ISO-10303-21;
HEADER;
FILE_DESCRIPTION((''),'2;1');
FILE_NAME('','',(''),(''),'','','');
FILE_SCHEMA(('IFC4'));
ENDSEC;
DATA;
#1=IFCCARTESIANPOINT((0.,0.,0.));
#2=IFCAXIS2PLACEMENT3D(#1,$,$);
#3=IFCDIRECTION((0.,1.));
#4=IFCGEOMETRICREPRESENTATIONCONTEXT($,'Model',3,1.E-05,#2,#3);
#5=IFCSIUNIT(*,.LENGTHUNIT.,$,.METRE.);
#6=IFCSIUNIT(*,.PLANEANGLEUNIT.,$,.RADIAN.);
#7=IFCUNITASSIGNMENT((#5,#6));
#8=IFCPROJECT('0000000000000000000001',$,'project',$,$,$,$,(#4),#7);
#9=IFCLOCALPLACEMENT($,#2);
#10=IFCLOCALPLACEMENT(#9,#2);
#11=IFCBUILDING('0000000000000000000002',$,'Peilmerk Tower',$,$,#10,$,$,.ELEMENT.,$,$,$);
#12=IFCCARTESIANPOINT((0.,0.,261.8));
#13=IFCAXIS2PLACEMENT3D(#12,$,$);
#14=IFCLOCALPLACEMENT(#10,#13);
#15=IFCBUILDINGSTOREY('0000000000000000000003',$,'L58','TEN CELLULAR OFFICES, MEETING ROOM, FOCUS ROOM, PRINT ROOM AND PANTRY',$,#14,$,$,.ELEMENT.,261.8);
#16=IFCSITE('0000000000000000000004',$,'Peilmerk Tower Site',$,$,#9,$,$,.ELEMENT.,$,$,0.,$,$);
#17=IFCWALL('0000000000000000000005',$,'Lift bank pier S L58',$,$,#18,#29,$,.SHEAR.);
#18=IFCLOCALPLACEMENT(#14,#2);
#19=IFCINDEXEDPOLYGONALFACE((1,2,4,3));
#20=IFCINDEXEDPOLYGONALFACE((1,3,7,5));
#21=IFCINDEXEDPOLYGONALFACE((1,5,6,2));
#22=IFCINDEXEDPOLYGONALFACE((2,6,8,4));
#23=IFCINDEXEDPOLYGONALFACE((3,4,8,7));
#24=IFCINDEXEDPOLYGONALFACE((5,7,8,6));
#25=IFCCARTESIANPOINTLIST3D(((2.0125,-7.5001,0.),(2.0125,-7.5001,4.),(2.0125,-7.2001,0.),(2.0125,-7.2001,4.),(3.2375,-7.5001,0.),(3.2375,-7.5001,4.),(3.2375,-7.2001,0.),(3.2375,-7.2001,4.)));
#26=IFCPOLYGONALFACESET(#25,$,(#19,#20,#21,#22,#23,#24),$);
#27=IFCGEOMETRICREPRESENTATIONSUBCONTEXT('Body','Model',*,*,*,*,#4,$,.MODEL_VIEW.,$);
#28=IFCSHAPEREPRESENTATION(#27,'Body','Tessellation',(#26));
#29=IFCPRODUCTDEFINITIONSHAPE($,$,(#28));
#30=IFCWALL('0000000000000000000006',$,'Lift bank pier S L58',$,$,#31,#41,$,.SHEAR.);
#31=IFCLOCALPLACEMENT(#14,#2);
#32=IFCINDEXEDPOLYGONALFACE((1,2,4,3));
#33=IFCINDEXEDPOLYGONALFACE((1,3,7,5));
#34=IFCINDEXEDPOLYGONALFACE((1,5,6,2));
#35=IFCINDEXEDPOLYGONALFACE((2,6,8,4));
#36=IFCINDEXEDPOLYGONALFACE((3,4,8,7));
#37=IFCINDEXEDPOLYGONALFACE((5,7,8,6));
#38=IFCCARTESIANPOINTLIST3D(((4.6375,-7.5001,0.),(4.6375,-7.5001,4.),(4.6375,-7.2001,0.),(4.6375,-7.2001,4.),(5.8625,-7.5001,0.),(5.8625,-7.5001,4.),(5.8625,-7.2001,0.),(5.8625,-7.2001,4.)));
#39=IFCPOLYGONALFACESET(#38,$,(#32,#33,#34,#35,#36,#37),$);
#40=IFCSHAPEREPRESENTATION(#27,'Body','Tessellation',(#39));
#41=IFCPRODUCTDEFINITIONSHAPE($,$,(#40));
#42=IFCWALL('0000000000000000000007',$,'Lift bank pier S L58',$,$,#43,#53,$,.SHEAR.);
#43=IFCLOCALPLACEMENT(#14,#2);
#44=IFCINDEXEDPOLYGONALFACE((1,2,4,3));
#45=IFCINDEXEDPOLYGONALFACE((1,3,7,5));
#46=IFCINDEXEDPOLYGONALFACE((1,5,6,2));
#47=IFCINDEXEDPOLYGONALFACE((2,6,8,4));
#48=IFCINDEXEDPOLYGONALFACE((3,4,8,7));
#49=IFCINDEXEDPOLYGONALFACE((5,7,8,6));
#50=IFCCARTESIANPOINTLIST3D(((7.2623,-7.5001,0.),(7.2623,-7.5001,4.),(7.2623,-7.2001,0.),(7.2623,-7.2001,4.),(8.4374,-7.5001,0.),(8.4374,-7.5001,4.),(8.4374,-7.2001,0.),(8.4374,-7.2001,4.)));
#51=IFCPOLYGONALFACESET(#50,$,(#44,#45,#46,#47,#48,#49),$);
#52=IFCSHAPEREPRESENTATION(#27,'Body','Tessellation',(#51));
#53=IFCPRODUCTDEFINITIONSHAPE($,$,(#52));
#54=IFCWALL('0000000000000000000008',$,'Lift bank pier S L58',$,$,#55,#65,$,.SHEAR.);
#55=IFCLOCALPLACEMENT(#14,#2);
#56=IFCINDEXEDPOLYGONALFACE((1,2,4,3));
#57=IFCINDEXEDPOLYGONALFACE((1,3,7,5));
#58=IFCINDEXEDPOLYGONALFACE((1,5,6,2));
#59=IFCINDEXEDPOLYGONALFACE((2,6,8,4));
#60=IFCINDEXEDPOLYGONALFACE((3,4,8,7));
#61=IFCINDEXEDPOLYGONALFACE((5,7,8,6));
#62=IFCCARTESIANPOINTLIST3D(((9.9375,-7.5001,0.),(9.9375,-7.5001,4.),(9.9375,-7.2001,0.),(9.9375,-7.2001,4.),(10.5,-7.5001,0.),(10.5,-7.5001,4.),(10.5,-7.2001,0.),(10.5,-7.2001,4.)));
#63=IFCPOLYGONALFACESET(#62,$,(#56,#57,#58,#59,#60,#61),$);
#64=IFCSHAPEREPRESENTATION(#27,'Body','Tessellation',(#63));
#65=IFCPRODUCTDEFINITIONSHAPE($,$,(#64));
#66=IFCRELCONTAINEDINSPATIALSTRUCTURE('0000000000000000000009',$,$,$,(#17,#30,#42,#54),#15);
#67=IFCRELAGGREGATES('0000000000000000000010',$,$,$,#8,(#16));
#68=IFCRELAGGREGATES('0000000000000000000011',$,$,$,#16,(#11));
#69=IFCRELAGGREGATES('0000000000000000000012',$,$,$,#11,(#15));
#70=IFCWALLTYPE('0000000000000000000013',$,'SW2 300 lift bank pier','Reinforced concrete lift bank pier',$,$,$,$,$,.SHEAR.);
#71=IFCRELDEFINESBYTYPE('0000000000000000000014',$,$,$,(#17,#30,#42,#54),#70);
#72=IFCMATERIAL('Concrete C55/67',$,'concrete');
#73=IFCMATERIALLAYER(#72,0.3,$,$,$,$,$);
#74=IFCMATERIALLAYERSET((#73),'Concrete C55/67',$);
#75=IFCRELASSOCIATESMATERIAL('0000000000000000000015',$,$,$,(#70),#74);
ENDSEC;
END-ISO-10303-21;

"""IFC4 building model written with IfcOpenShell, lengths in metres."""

from ifc_helpers import new_model, si_unit, direction, frame, frame_2d, origin, place, context, subcontext, project, spatial, rectangle, extrude, material, layer, layer_set, type_object, element, save


model = new_model("IFC4")

# Units and contexts
model_context = context("Model", 3, precision=1e-05, world=origin(), true_north=direction((0.0, 1.0)))
body_context = subcontext(model_context, "Body", "Model", "MODEL_VIEW")
ifc_project = project(units=[si_unit("LENGTHUNIT", "METRE"), si_unit("PLANEANGLEUNIT", "RADIAN")], contexts=[model_context])

# Site, building, storey
site_placement = place(None, origin())
site = spatial("IfcSite", under=ifc_project, at=site_placement, Name="Peilmerk Tower Site", CompositionType="ELEMENT", RefElevation=0.0)
building_placement = place(site_placement, origin())
building = spatial("IfcBuilding", under=site, at=building_placement, Name="Peilmerk Tower", CompositionType="ELEMENT")
storey_placement = place(building_placement, frame((0.0, 0.0, 261.8)))
storey = spatial("IfcBuildingStorey", under=building, at=storey_placement, Name="L58", Description="TEN CELLULAR OFFICES, MEETING ROOM, FOCUS ROOM, PRINT ROOM AND PANTRY", CompositionType="ELEMENT", Elevation=261.8)

# Walls
ifc_material_1 = material(Name="Concrete C55/67", Category="concrete")
ifc_layer_1 = layer(ifc_material_1, 0.3)
ifc_layer_set_1 = layer_set([ifc_layer_1], Name="Concrete C55/67")
wall_type_1 = type_object("IfcWallType", Name="SW2 300 lift bank pier", Description="Reinforced concrete lift bank pier", PredefinedType="SHEAR", material=ifc_layer_set_1)
for number, where, z_axis, x_axis, name in (
    (1, (2.0125, -7.3501, 0.0), (0.0, 0.0, 1.0), (1.0, 0.0, 0.0), "Lift bank pier S L58"),
    (2, (4.6375, -7.3501, 0.0), (0.0, 0.0, 1.0), (1.0, 0.0, 0.0), "Lift bank pier S L58"),
):
    element("IfcWall", number, at=place(storey_placement, frame(where, z_axis=z_axis, x_axis=x_axis)), inside=storey, type_object=wall_type_1, Name=name, PredefinedType="SHEAR", context=body_context, shape_type="SweptSolid", body=[
        extrude(rectangle(XDim=1.2251, YDim=0.3, at=frame_2d((0.6125, 0.0))), origin(), (0.0, 0.0, 1.0), 4.0),
    ])
wall_1_placement = place(storey_placement, frame((7.2625, -7.3501, 0.0), z_axis=(0.0, 0.0, 1.0), x_axis=(1.0, 0.0, 0.0)))
element("IfcWall", 3, at=wall_1_placement, inside=storey, type_object=wall_type_1, Name="Lift bank pier S L58", PredefinedType="SHEAR", context=body_context, shape_type="SweptSolid", body=[
    extrude(rectangle(XDim=1.175, YDim=0.3, at=frame_2d((0.5874, 0.0))), origin(), (0.0, 0.0, 1.0), 4.0),
])
wall_2_placement = place(storey_placement, frame((9.9375, -7.3501, 0.0), z_axis=(0.0, 0.0, 1.0), x_axis=(1.0, 0.0, 0.0)))
element("IfcWall", 4, at=wall_2_placement, inside=storey, type_object=wall_type_1, Name="Lift bank pier S L58", PredefinedType="SHEAR", context=body_context, shape_type="SweptSolid", body=[
    extrude(rectangle(XDim=0.5625, YDim=0.3, at=frame_2d((0.2812, 0.0))), origin(), (0.0, 0.0, 1.0), 4.0),
])

save(model, "model.ifc")
